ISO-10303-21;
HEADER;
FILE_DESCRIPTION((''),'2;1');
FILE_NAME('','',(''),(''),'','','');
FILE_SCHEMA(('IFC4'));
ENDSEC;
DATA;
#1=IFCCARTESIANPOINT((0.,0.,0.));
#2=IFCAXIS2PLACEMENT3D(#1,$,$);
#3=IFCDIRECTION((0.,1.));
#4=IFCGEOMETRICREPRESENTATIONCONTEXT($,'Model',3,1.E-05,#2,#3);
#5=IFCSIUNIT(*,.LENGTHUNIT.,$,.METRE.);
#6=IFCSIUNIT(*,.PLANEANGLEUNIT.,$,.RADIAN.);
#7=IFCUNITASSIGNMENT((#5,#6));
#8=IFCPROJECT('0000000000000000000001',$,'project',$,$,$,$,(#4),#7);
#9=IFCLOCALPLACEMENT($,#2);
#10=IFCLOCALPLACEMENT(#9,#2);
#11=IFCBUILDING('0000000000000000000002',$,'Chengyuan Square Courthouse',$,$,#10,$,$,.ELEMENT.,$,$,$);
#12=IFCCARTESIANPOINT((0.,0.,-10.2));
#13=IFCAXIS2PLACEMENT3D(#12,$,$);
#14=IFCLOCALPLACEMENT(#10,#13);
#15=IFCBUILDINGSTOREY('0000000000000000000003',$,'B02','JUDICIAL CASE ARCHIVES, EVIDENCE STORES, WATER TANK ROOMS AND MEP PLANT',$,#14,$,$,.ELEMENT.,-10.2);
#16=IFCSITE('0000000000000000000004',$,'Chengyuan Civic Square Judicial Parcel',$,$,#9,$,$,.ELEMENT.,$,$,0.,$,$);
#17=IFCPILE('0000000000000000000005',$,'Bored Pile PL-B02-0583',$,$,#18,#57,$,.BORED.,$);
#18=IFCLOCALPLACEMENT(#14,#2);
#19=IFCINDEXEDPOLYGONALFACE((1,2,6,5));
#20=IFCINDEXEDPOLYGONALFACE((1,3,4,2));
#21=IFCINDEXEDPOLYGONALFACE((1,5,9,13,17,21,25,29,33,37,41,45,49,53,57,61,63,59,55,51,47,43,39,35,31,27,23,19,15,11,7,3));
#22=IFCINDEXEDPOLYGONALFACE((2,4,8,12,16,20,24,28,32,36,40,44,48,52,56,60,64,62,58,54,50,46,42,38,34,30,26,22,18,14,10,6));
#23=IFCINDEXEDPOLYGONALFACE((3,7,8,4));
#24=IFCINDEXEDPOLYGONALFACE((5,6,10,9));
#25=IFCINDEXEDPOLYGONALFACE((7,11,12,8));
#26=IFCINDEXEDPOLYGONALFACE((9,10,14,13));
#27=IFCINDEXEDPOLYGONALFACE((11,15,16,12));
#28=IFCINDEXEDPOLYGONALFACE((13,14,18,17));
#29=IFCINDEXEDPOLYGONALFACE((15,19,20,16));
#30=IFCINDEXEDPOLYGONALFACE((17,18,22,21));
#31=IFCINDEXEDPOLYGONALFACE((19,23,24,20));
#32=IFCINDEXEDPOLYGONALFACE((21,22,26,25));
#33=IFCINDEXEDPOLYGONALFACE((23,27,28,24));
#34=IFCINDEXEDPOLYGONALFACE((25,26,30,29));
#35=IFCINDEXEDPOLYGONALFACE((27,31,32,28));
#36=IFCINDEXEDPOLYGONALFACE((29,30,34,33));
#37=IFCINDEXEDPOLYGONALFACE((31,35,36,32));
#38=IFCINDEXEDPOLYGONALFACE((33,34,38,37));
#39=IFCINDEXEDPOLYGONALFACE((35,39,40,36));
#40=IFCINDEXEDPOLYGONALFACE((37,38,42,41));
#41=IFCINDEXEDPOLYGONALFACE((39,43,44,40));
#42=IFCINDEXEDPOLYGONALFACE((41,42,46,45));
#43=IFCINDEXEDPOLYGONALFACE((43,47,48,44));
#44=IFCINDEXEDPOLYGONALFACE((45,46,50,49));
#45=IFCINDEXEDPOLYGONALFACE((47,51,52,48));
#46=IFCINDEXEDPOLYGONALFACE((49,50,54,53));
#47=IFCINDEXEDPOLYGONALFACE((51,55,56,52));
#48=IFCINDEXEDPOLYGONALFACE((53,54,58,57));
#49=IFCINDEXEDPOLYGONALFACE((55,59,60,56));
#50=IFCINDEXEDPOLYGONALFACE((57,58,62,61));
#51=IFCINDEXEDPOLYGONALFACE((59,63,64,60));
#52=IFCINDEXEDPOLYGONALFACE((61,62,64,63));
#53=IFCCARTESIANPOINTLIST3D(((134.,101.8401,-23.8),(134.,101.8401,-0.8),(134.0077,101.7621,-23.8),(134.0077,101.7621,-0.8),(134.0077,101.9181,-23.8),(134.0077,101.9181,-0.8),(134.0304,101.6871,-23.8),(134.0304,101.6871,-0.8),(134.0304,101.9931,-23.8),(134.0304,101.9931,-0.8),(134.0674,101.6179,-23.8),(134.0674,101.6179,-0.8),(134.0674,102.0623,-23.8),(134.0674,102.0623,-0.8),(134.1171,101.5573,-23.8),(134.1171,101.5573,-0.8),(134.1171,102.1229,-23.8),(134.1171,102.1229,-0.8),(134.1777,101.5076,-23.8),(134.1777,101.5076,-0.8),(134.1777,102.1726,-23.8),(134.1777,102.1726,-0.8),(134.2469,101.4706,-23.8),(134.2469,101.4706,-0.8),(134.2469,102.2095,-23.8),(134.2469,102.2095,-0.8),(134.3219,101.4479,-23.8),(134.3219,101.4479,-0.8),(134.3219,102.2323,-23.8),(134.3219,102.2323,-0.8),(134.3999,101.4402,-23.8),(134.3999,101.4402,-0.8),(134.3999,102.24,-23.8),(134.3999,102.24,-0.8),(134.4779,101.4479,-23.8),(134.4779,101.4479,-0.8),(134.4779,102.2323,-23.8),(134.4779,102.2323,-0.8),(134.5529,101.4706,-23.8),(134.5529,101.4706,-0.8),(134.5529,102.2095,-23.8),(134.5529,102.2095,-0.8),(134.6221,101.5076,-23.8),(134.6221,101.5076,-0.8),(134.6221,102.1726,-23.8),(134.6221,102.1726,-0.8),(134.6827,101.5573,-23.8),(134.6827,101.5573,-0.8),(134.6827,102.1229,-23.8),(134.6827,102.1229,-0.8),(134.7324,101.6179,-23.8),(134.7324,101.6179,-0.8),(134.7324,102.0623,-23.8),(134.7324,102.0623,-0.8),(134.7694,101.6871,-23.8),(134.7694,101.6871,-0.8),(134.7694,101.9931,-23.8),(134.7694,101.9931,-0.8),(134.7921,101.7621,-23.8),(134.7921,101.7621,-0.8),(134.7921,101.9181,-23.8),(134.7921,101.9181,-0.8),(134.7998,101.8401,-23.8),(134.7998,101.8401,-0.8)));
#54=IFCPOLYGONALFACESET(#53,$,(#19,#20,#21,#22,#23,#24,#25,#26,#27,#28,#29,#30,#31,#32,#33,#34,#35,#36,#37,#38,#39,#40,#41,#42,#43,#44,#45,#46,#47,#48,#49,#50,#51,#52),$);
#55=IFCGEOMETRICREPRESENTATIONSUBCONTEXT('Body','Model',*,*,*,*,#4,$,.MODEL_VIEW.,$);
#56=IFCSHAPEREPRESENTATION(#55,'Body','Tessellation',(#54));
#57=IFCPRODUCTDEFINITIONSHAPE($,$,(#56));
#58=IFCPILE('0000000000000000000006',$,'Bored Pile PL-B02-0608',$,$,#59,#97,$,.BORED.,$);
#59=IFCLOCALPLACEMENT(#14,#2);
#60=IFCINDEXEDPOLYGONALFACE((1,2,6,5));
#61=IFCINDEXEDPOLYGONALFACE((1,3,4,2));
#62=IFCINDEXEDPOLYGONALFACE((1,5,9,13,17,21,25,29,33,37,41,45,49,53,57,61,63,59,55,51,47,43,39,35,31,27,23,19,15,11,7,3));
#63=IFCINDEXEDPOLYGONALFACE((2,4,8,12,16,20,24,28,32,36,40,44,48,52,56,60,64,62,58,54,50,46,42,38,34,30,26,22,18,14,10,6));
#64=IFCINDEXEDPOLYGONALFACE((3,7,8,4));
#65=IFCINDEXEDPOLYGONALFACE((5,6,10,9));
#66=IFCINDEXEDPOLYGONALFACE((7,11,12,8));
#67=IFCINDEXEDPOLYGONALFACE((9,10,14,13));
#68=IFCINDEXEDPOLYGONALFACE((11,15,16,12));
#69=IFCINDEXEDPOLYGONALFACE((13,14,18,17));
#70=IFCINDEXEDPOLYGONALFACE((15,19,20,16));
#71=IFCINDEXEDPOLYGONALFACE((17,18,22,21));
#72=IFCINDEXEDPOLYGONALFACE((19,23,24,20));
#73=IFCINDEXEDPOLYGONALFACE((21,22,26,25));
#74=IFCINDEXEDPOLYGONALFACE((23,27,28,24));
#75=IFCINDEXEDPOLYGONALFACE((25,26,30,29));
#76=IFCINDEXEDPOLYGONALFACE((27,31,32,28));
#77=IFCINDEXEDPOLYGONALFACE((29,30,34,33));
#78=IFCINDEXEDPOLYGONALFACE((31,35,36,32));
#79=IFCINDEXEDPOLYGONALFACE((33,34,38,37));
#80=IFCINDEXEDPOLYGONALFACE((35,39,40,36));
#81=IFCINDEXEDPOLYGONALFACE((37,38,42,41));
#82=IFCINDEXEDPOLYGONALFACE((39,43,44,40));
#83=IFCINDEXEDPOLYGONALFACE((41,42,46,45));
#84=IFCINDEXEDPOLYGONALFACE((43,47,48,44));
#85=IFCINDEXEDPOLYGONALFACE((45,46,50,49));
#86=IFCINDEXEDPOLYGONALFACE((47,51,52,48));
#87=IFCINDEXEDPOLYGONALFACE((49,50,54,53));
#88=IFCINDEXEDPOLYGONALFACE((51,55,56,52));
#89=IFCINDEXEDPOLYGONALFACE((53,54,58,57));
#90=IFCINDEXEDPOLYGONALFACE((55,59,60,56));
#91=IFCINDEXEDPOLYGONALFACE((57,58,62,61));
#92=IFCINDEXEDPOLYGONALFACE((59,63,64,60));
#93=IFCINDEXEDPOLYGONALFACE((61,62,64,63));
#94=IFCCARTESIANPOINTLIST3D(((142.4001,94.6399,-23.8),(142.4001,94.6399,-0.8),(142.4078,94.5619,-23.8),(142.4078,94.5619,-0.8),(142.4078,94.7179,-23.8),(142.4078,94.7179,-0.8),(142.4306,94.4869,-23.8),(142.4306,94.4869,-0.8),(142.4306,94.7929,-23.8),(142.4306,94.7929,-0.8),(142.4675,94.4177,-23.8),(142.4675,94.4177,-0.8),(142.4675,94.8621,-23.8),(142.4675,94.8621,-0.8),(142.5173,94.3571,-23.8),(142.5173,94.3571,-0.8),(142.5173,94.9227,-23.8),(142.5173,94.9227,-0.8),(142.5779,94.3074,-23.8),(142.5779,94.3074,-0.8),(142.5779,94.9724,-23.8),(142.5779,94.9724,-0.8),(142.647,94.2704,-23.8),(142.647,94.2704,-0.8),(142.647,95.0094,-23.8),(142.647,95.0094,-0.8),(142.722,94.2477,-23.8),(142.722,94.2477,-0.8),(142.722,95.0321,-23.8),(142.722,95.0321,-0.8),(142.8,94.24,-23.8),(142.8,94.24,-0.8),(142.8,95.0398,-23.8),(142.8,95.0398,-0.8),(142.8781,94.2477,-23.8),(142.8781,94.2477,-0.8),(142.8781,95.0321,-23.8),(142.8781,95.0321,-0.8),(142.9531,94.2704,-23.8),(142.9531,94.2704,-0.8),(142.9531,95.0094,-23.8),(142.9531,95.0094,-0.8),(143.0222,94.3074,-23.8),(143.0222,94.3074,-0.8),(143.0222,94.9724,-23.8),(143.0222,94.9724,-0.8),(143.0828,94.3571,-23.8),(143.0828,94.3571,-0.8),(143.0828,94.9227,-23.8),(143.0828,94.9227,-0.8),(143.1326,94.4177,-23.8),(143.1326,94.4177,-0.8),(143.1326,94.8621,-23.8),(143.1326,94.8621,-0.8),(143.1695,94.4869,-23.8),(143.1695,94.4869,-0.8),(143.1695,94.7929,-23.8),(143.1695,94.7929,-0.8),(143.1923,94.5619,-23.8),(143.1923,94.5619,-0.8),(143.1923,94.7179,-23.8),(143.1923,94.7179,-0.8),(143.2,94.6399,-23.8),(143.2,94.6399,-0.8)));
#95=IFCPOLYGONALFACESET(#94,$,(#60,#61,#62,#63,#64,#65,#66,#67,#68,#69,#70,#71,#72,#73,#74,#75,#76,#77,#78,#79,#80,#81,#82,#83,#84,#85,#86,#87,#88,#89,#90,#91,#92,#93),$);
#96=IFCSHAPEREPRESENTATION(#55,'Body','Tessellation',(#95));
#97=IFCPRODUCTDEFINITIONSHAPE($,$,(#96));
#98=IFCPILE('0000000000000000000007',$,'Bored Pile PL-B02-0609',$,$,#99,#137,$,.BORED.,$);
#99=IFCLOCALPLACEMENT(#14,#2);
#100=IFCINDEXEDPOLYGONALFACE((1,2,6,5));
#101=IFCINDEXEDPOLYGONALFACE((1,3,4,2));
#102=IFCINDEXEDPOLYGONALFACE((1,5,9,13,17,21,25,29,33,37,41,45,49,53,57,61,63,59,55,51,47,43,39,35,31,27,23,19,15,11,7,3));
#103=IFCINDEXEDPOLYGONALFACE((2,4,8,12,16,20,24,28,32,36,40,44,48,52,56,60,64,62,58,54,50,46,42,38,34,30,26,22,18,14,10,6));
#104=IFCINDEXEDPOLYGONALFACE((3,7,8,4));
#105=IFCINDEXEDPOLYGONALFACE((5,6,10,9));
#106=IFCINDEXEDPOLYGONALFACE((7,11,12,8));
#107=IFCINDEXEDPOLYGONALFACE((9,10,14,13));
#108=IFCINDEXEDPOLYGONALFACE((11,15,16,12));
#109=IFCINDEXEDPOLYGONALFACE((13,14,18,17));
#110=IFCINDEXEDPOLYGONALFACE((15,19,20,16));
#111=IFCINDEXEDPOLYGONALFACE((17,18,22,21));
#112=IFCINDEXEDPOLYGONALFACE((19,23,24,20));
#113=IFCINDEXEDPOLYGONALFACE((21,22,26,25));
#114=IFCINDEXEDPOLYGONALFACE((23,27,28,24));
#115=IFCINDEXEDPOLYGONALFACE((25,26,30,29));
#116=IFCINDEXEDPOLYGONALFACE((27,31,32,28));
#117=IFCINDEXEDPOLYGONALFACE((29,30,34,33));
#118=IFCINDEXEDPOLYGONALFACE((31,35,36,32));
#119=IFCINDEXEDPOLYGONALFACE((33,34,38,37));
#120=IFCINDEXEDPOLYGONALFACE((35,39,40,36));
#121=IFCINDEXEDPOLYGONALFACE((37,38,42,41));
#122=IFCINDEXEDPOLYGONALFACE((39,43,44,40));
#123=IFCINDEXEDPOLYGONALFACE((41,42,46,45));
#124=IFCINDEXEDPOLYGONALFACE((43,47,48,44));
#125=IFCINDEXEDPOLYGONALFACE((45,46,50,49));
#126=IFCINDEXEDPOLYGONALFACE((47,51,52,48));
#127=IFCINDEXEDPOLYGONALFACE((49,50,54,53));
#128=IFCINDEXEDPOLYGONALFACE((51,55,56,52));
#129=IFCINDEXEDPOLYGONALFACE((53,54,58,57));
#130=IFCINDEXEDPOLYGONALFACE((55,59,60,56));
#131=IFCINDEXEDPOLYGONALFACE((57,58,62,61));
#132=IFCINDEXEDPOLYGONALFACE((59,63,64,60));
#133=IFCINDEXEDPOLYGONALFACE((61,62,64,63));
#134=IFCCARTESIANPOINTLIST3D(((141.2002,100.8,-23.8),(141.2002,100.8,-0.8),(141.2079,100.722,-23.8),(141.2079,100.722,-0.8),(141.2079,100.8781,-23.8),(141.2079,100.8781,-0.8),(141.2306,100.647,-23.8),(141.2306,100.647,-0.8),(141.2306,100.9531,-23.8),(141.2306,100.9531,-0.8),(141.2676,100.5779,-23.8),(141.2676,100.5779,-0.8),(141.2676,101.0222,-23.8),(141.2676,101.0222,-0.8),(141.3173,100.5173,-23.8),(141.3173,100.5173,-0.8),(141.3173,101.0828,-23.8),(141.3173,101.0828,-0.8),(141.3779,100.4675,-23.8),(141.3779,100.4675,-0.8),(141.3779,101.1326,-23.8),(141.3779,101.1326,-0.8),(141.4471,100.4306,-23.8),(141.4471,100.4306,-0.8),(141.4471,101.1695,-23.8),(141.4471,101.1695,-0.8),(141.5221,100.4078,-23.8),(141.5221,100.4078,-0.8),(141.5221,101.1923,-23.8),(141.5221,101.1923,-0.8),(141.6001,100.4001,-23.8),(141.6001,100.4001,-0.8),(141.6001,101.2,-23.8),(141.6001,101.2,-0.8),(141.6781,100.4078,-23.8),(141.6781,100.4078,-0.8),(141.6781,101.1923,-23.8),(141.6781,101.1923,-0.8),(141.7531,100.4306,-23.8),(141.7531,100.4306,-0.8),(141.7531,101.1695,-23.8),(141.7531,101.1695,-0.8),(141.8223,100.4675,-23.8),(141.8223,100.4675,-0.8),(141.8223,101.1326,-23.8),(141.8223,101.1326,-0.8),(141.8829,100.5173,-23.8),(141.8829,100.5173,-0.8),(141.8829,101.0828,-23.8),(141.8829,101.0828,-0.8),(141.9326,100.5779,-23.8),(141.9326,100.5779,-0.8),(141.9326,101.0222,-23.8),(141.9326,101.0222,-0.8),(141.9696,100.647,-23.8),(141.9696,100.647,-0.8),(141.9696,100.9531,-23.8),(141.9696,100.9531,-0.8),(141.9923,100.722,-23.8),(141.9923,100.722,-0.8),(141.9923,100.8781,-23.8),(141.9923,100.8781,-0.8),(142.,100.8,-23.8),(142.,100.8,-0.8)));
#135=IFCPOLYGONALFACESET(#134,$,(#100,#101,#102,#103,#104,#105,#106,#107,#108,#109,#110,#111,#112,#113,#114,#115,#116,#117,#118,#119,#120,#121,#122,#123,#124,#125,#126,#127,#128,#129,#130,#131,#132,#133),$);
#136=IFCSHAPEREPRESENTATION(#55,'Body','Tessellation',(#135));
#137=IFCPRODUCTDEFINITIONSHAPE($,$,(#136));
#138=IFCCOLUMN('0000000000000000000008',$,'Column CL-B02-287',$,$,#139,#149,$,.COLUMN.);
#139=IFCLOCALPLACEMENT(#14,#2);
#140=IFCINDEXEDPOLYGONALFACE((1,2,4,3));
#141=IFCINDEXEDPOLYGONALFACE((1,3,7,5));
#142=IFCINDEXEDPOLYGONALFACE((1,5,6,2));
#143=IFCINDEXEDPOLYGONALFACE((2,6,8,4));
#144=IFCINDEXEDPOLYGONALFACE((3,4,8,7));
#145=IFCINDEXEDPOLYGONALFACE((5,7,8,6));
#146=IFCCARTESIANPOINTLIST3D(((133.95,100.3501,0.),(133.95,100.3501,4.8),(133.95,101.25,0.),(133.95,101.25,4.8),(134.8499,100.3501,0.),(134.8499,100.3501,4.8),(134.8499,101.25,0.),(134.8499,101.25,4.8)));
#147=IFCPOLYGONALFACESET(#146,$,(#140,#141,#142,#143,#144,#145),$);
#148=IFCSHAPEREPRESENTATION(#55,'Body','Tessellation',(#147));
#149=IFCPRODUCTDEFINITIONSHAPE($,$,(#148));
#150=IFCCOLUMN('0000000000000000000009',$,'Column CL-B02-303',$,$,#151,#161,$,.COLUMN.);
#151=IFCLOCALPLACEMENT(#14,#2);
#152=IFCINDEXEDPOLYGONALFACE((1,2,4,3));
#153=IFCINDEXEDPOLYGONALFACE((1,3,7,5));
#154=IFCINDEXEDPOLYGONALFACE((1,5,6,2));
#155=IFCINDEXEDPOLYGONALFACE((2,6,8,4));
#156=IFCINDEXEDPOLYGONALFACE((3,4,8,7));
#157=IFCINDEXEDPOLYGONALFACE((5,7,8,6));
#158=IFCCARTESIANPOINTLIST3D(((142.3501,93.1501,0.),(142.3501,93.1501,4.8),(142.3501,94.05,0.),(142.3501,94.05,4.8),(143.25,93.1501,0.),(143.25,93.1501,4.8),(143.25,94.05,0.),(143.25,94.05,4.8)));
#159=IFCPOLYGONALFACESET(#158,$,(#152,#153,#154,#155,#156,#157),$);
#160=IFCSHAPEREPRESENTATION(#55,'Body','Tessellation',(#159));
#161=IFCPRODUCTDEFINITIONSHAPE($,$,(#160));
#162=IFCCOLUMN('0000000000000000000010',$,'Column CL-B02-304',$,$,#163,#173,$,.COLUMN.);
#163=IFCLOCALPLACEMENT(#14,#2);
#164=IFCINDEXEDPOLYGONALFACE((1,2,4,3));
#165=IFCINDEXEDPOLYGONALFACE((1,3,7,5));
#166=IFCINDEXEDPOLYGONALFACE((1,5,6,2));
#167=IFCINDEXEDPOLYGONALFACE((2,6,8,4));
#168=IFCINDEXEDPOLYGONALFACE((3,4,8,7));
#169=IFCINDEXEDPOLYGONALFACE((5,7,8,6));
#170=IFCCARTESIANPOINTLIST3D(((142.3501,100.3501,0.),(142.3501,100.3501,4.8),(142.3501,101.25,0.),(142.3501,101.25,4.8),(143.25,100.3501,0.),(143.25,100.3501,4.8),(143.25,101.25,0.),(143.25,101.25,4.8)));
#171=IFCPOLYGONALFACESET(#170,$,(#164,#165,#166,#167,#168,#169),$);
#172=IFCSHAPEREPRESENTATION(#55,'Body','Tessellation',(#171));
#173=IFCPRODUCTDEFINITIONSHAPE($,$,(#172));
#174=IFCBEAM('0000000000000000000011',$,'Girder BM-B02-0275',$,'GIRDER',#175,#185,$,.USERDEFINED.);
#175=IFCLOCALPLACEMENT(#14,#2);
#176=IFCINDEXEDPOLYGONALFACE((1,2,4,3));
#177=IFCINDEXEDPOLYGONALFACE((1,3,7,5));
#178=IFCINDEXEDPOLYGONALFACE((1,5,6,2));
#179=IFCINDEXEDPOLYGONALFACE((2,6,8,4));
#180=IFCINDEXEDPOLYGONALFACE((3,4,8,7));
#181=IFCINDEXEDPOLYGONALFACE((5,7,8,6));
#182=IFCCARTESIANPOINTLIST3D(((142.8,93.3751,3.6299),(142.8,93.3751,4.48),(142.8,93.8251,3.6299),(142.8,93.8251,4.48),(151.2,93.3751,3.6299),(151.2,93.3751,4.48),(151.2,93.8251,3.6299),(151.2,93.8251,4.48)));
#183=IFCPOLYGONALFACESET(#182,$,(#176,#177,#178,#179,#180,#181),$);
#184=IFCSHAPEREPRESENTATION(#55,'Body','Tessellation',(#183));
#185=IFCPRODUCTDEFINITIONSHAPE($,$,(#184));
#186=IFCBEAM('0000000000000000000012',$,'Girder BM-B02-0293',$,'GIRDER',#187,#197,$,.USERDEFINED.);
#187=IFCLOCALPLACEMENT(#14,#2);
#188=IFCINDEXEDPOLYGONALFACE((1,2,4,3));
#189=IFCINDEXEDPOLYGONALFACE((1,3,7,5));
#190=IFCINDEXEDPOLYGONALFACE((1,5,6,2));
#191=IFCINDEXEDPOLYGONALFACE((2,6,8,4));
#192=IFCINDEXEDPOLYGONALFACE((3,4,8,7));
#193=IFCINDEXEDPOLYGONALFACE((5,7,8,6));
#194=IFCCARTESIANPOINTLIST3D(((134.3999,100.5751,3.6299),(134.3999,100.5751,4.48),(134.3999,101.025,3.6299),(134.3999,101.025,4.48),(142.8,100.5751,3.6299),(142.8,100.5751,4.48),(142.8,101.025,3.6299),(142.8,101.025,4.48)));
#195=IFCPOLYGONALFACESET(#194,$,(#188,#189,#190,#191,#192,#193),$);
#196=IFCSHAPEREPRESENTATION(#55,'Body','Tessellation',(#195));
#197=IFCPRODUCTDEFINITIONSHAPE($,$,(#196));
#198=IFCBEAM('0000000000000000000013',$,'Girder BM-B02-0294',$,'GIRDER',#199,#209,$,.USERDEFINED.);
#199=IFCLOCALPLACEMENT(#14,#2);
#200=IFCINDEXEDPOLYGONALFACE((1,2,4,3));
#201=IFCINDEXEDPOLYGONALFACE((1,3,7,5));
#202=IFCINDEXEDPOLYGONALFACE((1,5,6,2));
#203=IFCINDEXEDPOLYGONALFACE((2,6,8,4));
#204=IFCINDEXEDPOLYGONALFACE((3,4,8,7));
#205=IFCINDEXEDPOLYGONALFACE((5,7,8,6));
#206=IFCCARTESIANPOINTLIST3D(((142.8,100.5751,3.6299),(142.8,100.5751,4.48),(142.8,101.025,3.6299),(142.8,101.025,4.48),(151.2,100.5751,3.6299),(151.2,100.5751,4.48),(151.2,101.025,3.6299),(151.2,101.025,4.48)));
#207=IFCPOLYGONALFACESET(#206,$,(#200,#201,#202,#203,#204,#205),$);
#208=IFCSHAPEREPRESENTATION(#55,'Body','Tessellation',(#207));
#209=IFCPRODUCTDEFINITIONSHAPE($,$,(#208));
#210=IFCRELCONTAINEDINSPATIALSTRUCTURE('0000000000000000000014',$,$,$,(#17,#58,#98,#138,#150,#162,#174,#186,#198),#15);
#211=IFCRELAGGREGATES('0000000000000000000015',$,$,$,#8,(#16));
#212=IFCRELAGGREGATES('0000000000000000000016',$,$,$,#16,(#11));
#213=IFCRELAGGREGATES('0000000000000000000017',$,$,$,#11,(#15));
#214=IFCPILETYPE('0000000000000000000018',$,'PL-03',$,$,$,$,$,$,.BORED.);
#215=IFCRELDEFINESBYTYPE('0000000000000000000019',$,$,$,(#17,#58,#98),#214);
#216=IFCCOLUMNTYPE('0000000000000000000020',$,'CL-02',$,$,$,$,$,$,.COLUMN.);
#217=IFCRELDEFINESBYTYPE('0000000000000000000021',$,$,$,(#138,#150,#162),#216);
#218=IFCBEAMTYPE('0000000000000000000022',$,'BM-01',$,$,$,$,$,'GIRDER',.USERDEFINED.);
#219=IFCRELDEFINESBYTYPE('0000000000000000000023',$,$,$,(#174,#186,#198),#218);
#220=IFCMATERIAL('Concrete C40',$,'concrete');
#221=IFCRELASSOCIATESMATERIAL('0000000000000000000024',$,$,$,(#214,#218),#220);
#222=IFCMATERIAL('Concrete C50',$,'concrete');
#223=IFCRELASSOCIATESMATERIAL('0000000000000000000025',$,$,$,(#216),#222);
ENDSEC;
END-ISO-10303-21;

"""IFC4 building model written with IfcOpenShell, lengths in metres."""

from ifc_helpers import new_model, si_unit, direction, frame, origin, origin_2d, place, context, subcontext, project, spatial, rectangle, circle, extrude, material, material_profile, profile_set, type_object, element, save


model = new_model("IFC4")

# Units and contexts
model_context = context("Model", 3, precision=1e-05, world=origin(), true_north=direction((0.0, 1.0)))
body_context = subcontext(model_context, "Body", "Model", "MODEL_VIEW")
ifc_project = project(units=[si_unit("LENGTHUNIT", "METRE"), si_unit("PLANEANGLEUNIT", "RADIAN")], contexts=[model_context])

# Site, building, storey
site_placement = place(None, origin())
site = spatial("IfcSite", under=ifc_project, at=site_placement, Name="Chengyuan Civic Square Judicial Parcel", CompositionType="ELEMENT", RefElevation=0.0)
building_placement = place(site_placement, origin())
building = spatial("IfcBuilding", under=site, at=building_placement, Name="Chengyuan Square Courthouse", CompositionType="ELEMENT")
storey_placement = place(building_placement, frame((0.0, 0.0, -10.2)))
storey = spatial("IfcBuildingStorey", under=building, at=storey_placement, Name="B02", Description="JUDICIAL CASE ARCHIVES, EVIDENCE STORES, WATER TANK ROOMS AND MEP PLANT", CompositionType="ELEMENT", Elevation=-10.2)

# Shared definitions
ifc_material_1 = material(Name="Concrete C40", Category="concrete")

# Piles
ifc_material_profile_1 = material_profile(ifc_material_1, circle(Radius=0.3999, at=origin_2d()), Name="BORED PILE D800")
ifc_profile_set_1 = profile_set([ifc_material_profile_1], Name="Concrete C40")
pile_type_1 = type_object("IfcPileType", Name="PL-03", PredefinedType="BORED", material=ifc_profile_set_1)
for number, where, z_axis, x_axis, name in (
    (1, (134.3999, 101.8401, -0.8), (0.0, 0.0, -1.0), (1.0, 0.0, 0.0), "Bored Pile PL-B02-0583"),
    (2, (142.8, 94.6399, -0.8), (0.0, 0.0, -1.0), (1.0, 0.0, 0.0), "Bored Pile PL-B02-0608"),
    (3, (141.6001, 100.8, -0.8), (0.0, 0.0, -1.0), (1.0, 0.0, 0.0), "Bored Pile PL-B02-0609"),
):
    element("IfcPile", number, at=place(storey_placement, frame(where, z_axis=z_axis, x_axis=x_axis)), inside=storey, type_object=pile_type_1, Name=name, PredefinedType="BORED", context=body_context, shape_type="SweptSolid", body=[
        extrude(circle(Radius=0.3999, at=origin_2d()), origin(), (0.0, 0.0, 1.0), 23.0),
    ])

# Columns
ifc_material_2 = material(Name="Concrete C50", Category="concrete")
ifc_material_profile_2 = material_profile(ifc_material_2, rectangle(XDim=0.8999, YDim=0.8999, at=origin_2d()), Name="RC-COL-900x900")
ifc_profile_set_2 = profile_set([ifc_material_profile_2], Name="Concrete C50")
column_type = type_object("IfcColumnType", Name="CL-02", PredefinedType="COLUMN", material=ifc_profile_set_2)
for number, where, z_axis, x_axis, name in (
    (4, (134.3999, 100.8, 0.0), (0.0, 0.0, 1.0), (1.0, 0.0, 0.0), "Column CL-B02-287"),
    (5, (142.8, 93.6001, 0.0), (0.0, 0.0, 1.0), (1.0, 0.0, 0.0), "Column CL-B02-303"),
    (6, (142.8, 100.8, 0.0), (0.0, 0.0, 1.0), (1.0, 0.0, 0.0), "Column CL-B02-304"),
):
    element("IfcColumn", number, at=place(storey_placement, frame(where, z_axis=z_axis, x_axis=x_axis)), inside=storey, type_object=column_type, Name=name, PredefinedType="COLUMN", context=body_context, shape_type="SweptSolid", body=[
        extrude(rectangle(XDim=0.8999, YDim=0.8999, at=origin_2d()), origin(), (0.0, 0.0, 1.0), 4.8),
    ])

# Beams
ifc_material_profile_3 = material_profile(ifc_material_1, rectangle(XDim=0.45, YDim=0.8501, at=origin_2d()), Name="RC-BM-450x850")
ifc_profile_set_3 = profile_set([ifc_material_profile_3], Name="Concrete C40")
beam_type_1 = type_object("IfcBeamType", Name="BM-01", ElementType="GIRDER", PredefinedType="USERDEFINED", material=ifc_profile_set_3)
beam_1_placement = place(storey_placement, frame((142.8, 93.6001, 4.0549), z_axis=(1.0, 0.0, 0.0), x_axis=(0.0, 1.0, 0.0)))
element("IfcBeam", 7, at=beam_1_placement, inside=storey, type_object=beam_type_1, Name="Girder BM-B02-0275", ObjectType="GIRDER", PredefinedType="USERDEFINED", context=body_context, shape_type="SweptSolid", body=[
    extrude(rectangle(XDim=0.45, YDim=0.8501, at=origin_2d()), origin(), (0.0, 0.0, 1.0), 8.3999),
])
beam_2_placement = place(storey_placement, frame((134.3999, 100.8, 4.0549), z_axis=(1.0, 0.0, 0.0), x_axis=(0.0, 1.0, 0.0)))
element("IfcBeam", 8, at=beam_2_placement, inside=storey, type_object=beam_type_1, Name="Girder BM-B02-0293", ObjectType="GIRDER", PredefinedType="USERDEFINED", context=body_context, shape_type="SweptSolid", body=[
    extrude(rectangle(XDim=0.45, YDim=0.8501, at=origin_2d()), origin(), (0.0, 0.0, 1.0), 8.4001),
])
beam_3_placement = place(storey_placement, frame((142.8, 100.8, 4.0549), z_axis=(1.0, 0.0, 0.0), x_axis=(0.0, 1.0, 0.0)))
element("IfcBeam", 9, at=beam_3_placement, inside=storey, type_object=beam_type_1, Name="Girder BM-B02-0294", ObjectType="GIRDER", PredefinedType="USERDEFINED", context=body_context, shape_type="SweptSolid", body=[
    extrude(rectangle(XDim=0.45, YDim=0.8501, at=origin_2d()), origin(), (0.0, 0.0, 1.0), 8.3999),
])

save(model, "model.ifc")
